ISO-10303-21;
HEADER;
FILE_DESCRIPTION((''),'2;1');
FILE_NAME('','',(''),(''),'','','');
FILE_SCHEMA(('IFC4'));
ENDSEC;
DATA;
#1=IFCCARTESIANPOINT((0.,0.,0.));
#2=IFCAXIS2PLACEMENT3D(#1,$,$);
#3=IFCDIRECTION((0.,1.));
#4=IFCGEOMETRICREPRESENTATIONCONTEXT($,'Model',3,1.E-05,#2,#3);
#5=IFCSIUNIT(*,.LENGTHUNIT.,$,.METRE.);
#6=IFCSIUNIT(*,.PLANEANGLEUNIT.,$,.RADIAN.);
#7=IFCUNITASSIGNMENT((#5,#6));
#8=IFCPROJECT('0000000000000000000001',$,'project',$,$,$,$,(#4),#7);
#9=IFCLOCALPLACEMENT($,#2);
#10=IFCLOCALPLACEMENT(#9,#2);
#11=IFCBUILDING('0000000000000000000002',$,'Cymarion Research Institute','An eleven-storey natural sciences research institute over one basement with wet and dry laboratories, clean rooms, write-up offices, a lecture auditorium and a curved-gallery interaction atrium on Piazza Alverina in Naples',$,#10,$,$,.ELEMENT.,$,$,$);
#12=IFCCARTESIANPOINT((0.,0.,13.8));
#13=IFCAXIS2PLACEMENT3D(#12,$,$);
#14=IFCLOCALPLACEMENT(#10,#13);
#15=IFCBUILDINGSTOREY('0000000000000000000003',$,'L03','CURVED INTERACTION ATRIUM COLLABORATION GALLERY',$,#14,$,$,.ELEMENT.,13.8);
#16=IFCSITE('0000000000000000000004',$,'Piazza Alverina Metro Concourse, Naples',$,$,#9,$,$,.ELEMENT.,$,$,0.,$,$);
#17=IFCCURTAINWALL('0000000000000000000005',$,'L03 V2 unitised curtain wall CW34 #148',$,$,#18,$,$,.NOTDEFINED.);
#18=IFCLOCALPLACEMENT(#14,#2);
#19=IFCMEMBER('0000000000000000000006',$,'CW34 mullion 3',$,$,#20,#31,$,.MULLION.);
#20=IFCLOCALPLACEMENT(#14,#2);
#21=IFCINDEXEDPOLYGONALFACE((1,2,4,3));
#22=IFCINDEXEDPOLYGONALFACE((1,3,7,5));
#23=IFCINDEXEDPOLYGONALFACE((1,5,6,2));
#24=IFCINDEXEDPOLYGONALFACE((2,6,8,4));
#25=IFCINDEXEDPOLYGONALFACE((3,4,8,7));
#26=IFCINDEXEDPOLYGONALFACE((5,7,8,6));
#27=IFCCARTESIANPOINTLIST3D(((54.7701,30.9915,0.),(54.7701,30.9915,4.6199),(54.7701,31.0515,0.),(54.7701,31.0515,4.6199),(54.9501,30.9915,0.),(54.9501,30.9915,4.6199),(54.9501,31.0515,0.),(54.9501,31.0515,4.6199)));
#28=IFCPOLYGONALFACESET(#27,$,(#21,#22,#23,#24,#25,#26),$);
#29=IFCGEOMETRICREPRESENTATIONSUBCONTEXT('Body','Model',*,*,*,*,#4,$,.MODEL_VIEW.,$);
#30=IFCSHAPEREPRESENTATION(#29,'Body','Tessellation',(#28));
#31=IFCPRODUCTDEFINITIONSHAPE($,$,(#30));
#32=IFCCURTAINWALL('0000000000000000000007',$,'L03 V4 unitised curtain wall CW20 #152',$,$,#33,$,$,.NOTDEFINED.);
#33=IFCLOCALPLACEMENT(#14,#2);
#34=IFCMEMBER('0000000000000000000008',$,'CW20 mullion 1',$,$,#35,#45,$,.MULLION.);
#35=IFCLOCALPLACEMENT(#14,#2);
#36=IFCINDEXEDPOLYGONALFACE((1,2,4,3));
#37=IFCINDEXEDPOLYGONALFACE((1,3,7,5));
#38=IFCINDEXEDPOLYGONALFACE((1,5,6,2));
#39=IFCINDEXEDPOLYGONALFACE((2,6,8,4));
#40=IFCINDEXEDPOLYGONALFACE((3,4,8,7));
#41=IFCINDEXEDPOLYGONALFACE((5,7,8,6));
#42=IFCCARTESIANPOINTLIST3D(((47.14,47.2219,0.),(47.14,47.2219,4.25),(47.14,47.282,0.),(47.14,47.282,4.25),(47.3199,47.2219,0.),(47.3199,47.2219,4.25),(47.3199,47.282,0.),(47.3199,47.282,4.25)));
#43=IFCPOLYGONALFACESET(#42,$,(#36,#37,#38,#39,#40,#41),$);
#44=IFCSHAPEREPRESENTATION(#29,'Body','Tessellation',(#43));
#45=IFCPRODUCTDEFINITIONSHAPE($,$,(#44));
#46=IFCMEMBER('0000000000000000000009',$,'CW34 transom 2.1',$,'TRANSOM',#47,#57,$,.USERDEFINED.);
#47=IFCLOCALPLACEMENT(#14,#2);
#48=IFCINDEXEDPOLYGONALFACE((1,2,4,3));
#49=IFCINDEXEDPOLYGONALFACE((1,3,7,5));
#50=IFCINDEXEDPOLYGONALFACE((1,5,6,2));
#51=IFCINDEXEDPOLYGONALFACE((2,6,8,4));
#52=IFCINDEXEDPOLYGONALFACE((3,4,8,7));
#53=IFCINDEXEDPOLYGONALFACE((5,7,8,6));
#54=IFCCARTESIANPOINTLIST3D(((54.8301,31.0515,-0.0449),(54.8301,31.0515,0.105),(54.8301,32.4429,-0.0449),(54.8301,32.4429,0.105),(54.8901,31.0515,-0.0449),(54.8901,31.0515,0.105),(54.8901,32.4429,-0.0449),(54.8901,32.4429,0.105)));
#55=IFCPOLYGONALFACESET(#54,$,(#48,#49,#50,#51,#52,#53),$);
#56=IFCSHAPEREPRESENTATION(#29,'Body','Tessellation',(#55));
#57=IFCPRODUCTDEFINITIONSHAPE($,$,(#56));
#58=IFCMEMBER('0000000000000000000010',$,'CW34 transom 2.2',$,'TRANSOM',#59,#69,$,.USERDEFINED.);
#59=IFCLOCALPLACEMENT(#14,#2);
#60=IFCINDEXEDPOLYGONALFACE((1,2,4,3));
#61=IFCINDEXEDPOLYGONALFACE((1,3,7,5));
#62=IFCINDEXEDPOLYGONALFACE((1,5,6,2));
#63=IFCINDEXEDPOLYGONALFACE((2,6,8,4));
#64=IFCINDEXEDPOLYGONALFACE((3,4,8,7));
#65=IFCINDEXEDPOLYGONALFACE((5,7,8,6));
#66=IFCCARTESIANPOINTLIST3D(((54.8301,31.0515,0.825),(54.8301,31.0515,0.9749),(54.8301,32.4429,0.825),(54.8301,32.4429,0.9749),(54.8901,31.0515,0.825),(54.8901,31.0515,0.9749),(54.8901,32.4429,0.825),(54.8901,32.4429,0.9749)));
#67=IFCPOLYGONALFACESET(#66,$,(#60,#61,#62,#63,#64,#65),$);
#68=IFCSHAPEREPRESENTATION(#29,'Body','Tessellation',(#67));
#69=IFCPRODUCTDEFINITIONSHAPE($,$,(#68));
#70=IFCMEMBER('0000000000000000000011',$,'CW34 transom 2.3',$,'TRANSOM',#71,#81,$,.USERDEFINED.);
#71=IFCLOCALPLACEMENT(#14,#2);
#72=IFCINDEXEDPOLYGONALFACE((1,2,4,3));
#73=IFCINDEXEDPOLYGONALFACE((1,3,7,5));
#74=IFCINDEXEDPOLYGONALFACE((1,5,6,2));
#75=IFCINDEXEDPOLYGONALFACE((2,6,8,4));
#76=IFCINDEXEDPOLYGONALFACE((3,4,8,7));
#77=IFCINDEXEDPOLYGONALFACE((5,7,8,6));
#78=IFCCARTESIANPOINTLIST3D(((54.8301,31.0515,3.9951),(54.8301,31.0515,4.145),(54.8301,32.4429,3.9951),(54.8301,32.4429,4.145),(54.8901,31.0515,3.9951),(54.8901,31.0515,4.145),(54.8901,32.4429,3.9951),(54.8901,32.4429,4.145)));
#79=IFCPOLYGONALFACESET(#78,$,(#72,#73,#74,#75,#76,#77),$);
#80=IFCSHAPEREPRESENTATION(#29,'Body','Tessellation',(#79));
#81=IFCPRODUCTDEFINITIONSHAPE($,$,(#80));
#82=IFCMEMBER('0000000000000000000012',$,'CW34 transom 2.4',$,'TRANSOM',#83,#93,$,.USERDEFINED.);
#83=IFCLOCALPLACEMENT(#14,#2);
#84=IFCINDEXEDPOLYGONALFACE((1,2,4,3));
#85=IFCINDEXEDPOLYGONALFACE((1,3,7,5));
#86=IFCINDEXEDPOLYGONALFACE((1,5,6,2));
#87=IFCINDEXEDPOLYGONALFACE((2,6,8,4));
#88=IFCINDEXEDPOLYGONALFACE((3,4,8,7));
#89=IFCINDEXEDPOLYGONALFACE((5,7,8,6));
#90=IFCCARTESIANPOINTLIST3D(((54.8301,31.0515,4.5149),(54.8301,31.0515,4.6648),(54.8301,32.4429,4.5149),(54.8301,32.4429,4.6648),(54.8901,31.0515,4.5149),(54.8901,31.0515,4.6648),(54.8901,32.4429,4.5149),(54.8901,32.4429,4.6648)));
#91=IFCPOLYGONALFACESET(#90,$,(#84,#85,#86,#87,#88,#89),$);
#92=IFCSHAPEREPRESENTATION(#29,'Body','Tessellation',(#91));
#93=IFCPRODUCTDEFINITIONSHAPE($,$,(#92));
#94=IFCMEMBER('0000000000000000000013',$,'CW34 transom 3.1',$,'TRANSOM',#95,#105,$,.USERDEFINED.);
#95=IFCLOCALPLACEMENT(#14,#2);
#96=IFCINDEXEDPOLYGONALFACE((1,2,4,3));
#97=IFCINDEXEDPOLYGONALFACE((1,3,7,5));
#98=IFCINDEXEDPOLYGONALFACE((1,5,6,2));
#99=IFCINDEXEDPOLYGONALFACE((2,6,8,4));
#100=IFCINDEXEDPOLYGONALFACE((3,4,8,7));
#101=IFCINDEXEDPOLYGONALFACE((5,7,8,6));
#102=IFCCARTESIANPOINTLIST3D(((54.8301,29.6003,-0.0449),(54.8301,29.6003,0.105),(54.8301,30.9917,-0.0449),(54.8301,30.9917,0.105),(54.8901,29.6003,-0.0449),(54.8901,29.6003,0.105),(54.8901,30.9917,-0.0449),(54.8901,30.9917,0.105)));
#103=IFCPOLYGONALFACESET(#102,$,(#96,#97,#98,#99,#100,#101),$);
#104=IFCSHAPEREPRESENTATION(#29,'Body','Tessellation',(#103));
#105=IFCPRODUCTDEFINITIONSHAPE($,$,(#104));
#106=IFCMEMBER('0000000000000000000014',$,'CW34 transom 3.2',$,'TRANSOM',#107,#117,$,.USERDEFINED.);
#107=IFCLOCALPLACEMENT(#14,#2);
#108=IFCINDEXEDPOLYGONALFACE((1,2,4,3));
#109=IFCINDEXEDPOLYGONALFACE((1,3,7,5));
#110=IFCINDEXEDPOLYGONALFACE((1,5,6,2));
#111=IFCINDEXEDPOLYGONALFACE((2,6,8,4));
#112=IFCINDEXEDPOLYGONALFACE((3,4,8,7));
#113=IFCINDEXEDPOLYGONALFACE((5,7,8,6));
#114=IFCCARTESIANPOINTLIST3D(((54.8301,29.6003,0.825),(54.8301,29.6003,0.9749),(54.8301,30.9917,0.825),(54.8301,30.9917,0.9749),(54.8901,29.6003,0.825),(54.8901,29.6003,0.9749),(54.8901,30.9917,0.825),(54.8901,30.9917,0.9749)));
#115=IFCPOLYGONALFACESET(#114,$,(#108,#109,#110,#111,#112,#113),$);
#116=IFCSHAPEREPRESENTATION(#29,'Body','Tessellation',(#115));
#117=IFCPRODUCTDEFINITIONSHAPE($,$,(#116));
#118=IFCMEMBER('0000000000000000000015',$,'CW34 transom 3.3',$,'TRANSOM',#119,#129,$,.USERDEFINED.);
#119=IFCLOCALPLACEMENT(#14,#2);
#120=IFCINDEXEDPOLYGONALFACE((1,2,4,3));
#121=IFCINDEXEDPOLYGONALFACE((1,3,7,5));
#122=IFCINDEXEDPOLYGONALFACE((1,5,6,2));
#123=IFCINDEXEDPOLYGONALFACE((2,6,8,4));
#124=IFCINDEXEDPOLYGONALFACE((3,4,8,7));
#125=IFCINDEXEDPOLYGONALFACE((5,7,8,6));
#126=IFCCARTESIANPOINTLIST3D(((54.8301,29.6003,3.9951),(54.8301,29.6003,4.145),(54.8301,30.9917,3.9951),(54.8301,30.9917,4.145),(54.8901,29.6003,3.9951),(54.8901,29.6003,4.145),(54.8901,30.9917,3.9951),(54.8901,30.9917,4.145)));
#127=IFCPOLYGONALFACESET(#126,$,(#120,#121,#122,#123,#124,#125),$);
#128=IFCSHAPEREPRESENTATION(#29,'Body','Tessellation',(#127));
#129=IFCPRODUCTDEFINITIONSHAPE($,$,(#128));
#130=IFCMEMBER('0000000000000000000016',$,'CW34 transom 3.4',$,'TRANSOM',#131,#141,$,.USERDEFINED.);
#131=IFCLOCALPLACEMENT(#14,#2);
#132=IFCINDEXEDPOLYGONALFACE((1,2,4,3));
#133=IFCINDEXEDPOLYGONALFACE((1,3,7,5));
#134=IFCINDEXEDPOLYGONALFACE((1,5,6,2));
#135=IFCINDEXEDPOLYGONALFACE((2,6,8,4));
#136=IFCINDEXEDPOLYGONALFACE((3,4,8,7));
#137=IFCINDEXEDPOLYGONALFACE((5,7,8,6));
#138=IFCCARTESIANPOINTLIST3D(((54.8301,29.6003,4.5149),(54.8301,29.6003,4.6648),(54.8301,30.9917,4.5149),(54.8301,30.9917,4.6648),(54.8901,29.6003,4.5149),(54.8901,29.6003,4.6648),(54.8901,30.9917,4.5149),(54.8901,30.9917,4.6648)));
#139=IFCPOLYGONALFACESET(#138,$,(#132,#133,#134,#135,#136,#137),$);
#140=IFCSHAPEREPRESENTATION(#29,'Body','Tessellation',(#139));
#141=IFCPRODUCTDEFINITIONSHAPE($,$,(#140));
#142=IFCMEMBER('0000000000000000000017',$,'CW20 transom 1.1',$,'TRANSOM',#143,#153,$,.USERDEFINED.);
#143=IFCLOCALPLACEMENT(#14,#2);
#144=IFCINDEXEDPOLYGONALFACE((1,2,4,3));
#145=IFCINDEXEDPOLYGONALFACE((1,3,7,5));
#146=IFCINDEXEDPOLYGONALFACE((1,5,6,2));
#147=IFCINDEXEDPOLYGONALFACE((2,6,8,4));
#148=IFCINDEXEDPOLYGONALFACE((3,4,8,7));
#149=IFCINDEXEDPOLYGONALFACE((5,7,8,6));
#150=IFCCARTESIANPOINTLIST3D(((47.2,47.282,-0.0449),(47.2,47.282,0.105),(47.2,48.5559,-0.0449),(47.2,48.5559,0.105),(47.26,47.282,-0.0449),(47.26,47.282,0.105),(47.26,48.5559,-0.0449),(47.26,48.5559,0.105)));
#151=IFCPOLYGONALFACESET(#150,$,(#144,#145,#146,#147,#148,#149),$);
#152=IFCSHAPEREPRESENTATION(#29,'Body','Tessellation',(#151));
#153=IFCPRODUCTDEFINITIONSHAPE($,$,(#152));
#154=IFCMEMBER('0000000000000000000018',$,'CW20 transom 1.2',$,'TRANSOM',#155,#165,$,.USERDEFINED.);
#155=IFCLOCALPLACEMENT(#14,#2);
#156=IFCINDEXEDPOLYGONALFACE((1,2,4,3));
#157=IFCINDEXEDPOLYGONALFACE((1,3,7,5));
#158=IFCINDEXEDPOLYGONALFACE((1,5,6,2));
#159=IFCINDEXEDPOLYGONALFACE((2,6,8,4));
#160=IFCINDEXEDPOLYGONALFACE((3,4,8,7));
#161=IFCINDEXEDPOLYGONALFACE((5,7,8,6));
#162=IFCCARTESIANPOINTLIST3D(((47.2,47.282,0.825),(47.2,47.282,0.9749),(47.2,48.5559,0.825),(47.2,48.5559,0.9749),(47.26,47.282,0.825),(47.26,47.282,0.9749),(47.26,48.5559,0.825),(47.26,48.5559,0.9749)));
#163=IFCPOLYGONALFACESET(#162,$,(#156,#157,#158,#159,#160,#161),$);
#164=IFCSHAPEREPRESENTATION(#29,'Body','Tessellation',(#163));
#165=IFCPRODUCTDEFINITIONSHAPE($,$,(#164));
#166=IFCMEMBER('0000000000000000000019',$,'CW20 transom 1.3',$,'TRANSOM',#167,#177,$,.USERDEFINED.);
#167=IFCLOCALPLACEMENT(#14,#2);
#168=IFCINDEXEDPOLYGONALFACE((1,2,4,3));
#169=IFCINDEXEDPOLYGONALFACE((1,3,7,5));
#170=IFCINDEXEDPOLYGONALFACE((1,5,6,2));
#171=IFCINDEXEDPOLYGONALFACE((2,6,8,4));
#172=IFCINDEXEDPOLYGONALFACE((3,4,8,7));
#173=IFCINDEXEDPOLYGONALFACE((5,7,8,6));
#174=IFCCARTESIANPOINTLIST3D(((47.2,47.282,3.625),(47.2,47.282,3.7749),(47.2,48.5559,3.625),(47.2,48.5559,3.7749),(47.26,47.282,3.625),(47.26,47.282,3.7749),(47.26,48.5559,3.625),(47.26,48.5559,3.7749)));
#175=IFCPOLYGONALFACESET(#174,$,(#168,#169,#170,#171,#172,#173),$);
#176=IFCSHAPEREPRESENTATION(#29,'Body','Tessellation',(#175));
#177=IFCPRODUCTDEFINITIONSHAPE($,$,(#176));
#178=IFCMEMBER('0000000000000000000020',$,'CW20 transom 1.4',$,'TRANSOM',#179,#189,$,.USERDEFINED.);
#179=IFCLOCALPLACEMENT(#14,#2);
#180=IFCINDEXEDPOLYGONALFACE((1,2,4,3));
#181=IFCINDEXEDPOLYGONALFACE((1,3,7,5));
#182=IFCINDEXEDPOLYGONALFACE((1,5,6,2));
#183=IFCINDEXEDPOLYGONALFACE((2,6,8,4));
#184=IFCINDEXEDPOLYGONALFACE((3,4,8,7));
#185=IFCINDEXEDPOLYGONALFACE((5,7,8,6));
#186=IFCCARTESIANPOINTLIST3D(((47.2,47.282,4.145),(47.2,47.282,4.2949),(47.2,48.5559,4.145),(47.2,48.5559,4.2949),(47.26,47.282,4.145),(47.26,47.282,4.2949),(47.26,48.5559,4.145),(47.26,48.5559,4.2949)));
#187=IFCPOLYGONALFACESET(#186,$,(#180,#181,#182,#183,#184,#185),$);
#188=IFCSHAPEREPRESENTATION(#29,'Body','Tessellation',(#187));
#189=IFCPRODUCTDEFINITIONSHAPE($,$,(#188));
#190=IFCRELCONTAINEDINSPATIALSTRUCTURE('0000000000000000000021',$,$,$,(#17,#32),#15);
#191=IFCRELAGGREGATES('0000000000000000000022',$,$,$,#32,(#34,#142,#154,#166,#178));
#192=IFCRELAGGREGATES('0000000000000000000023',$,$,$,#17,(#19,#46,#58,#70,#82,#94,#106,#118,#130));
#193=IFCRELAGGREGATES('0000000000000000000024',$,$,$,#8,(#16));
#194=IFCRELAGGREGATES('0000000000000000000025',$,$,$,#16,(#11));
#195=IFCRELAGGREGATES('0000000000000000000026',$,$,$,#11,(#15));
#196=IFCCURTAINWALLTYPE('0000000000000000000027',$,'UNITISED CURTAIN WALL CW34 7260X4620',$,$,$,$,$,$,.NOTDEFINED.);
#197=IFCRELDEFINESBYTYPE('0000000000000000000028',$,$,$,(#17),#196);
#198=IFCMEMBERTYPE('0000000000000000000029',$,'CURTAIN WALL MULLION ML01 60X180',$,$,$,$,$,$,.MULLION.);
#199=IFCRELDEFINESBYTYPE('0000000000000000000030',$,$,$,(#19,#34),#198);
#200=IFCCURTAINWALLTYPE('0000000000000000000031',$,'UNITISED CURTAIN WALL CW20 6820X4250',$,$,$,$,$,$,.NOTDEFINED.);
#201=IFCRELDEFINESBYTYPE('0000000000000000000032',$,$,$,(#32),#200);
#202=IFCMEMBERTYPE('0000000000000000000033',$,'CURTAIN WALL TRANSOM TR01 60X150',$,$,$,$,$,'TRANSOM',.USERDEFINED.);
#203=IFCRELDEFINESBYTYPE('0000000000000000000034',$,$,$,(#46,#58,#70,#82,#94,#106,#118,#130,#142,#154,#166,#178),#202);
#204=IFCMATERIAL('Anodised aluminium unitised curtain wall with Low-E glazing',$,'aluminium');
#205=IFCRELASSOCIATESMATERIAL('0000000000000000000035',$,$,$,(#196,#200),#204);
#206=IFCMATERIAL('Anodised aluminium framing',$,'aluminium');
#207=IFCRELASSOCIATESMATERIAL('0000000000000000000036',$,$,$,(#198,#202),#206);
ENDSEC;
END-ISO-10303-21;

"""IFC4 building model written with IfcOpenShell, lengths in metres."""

from ifc_helpers import new_model, si_unit, direction, frame, origin, origin_2d, place, context, subcontext, project, spatial, rectangle, extrude, material, material_profile, profile_set, type_object, element, aggregate, save


model = new_model("IFC4")

# Units and contexts
model_context = context("Model", 3, precision=1e-05, world=origin(), true_north=direction((0.0, 1.0)))
body_context = subcontext(model_context, "Body", "Model", "MODEL_VIEW")
ifc_project = project(units=[si_unit("LENGTHUNIT", "METRE"), si_unit("PLANEANGLEUNIT", "RADIAN")], contexts=[model_context])

# Site, building, storey
site_placement = place(None, origin())
site = spatial("IfcSite", under=ifc_project, at=site_placement, Name="Piazza Alverina Metro Concourse, Naples", CompositionType="ELEMENT", RefElevation=0.0)
building_placement = place(site_placement, origin())
building = spatial("IfcBuilding", under=site, at=building_placement, Name="Cymarion Research Institute", Description="An eleven-storey natural sciences research institute over one basement with wet and dry laboratories, clean rooms, write-up offices, a lecture auditorium and a curved-gallery interaction atrium on Piazza Alverina in Naples", CompositionType="ELEMENT")
storey_placement = place(building_placement, frame((0.0, 0.0, 13.8)))
storey = spatial("IfcBuildingStorey", under=building, at=storey_placement, Name="L03", Description="CURVED INTERACTION ATRIUM COLLABORATION GALLERY", CompositionType="ELEMENT", Elevation=13.8)

# Curtain walls, members
ifc_material_1 = material(Name="Anodised aluminium unitised curtain wall with Low-E glazing", Category="aluminium")
curtain_wall_type_1 = type_object("IfcCurtainWallType", Name="UNITISED CURTAIN WALL CW34 7260X4620", PredefinedType="NOTDEFINED", material=ifc_material_1)
curtain_wall_1_placement = place(storey_placement, origin())
curtain_wall_1 = element("IfcCurtainWall", 1, at=curtain_wall_1_placement, inside=storey, type_object=curtain_wall_type_1, Name="L03 V2 unitised curtain wall CW34 #148", PredefinedType="NOTDEFINED")
ifc_material_2 = material(Name="Anodised aluminium framing", Category="aluminium")
ifc_material_profile_1 = material_profile(ifc_material_2, rectangle(XDim=0.0601, YDim=0.1799, at=origin_2d()), Name="ALU MULLION 60x180")
ifc_profile_set_1 = profile_set([ifc_material_profile_1], Name="Anodised aluminium framing")
member_type_1 = type_object("IfcMemberType", Name="CURTAIN WALL MULLION ML01 60X180", PredefinedType="MULLION", material=ifc_profile_set_1)
member_1_placement = place(storey_placement, frame((54.8601, 31.0215, 0.0), z_axis=(0.0, 0.0, 1.0), x_axis=(0.0, -1.0, 0.0)))
member_1 = element("IfcMember", 2, at=member_1_placement, type_object=member_type_1, Name="CW34 mullion 3", PredefinedType="MULLION", context=body_context, shape_type="SweptSolid", body=[
    extrude(rectangle(XDim=0.0601, YDim=0.1799, at=origin_2d()), origin(), (0.0, 0.0, 1.0), 4.6199),
])
curtain_wall_type_2 = type_object("IfcCurtainWallType", Name="UNITISED CURTAIN WALL CW20 6820X4250", PredefinedType="NOTDEFINED", material=ifc_material_1)
curtain_wall_2_placement = place(storey_placement, origin())
curtain_wall_2 = element("IfcCurtainWall", 3, at=curtain_wall_2_placement, inside=storey, type_object=curtain_wall_type_2, Name="L03 V4 unitised curtain wall CW20 #152", PredefinedType="NOTDEFINED")
member_2_placement = place(storey_placement, frame((47.23, 47.252, 0.0), z_axis=(0.0, 0.0, 1.0), x_axis=(0.0, 1.0, 0.0)))
member_2 = element("IfcMember", 4, at=member_2_placement, type_object=member_type_1, Name="CW20 mullion 1", PredefinedType="MULLION", context=body_context, shape_type="SweptSolid", body=[
    extrude(rectangle(XDim=0.0601, YDim=0.1799, at=origin_2d()), origin(), (0.0, 0.0, 1.0), 4.25),
])

# Members
ifc_material_profile_2 = material_profile(ifc_material_2, rectangle(XDim=0.0601, YDim=0.1499, at=origin_2d()), Name="ALU TRANSOM 60x150")
ifc_profile_set_2 = profile_set([ifc_material_profile_2], Name="Anodised aluminium framing")
member_type_2 = type_object("IfcMemberType", Name="CURTAIN WALL TRANSOM TR01 60X150", ElementType="TRANSOM", PredefinedType="USERDEFINED", material=ifc_profile_set_2)
member_3_placement = place(storey_placement, frame((54.8601, 32.4429, 0.03), z_axis=(0.0, -1.0, 0.0), x_axis=(1.0, 0.0, 0.0)))
member_3 = element("IfcMember", 5, at=member_3_placement, type_object=member_type_2, Name="CW34 transom 2.1", ObjectType="TRANSOM", PredefinedType="USERDEFINED", context=body_context, shape_type="SweptSolid", body=[
    extrude(rectangle(XDim=0.0601, YDim=0.1499, at=origin_2d()), origin(), (0.0, 0.0, 1.0), 1.3914),
])
member_4_placement = place(storey_placement, frame((54.8601, 32.4429, 0.8999), z_axis=(0.0, -1.0, 0.0), x_axis=(1.0, 0.0, 0.0)))
member_4 = element("IfcMember", 6, at=member_4_placement, type_object=member_type_2, Name="CW34 transom 2.2", ObjectType="TRANSOM", PredefinedType="USERDEFINED", context=body_context, shape_type="SweptSolid", body=[
    extrude(rectangle(XDim=0.0601, YDim=0.1499, at=origin_2d()), origin(), (0.0, 0.0, 1.0), 1.3914),
])
member_5_placement = place(storey_placement, frame((54.8601, 32.4429, 4.0701), z_axis=(0.0, -1.0, 0.0), x_axis=(1.0, 0.0, 0.0)))
member_5 = element("IfcMember", 7, at=member_5_placement, type_object=member_type_2, Name="CW34 transom 2.3", ObjectType="TRANSOM", PredefinedType="USERDEFINED", context=body_context, shape_type="SweptSolid", body=[
    extrude(rectangle(XDim=0.0601, YDim=0.1499, at=origin_2d()), origin(), (0.0, 0.0, 1.0), 1.3914),
])
member_6_placement = place(storey_placement, frame((54.8601, 32.4429, 4.5898), z_axis=(0.0, -1.0, 0.0), x_axis=(1.0, 0.0, 0.0)))
member_6 = element("IfcMember", 8, at=member_6_placement, type_object=member_type_2, Name="CW34 transom 2.4", ObjectType="TRANSOM", PredefinedType="USERDEFINED", context=body_context, shape_type="SweptSolid", body=[
    extrude(rectangle(XDim=0.0601, YDim=0.1499, at=origin_2d()), origin(), (0.0, 0.0, 1.0), 1.3914),
])
member_7_placement = place(storey_placement, frame((54.8601, 30.9917, 0.03), z_axis=(0.0, -1.0, 0.0), x_axis=(1.0, 0.0, 0.0)))
member_7 = element("IfcMember", 9, at=member_7_placement, type_object=member_type_2, Name="CW34 transom 3.1", ObjectType="TRANSOM", PredefinedType="USERDEFINED", context=body_context, shape_type="SweptSolid", body=[
    extrude(rectangle(XDim=0.0601, YDim=0.1499, at=origin_2d()), origin(), (0.0, 0.0, 1.0), 1.3914),
])
member_8_placement = place(storey_placement, frame((54.8601, 30.9917, 0.8999), z_axis=(0.0, -1.0, 0.0), x_axis=(1.0, 0.0, 0.0)))
member_8 = element("IfcMember", 10, at=member_8_placement, type_object=member_type_2, Name="CW34 transom 3.2", ObjectType="TRANSOM", PredefinedType="USERDEFINED", context=body_context, shape_type="SweptSolid", body=[
    extrude(rectangle(XDim=0.0601, YDim=0.1499, at=origin_2d()), origin(), (0.0, 0.0, 1.0), 1.3914),
])
member_9_placement = place(storey_placement, frame((54.8601, 30.9917, 4.0701), z_axis=(0.0, -1.0, 0.0), x_axis=(1.0, 0.0, 0.0)))
member_9 = element("IfcMember", 11, at=member_9_placement, type_object=member_type_2, Name="CW34 transom 3.3", ObjectType="TRANSOM", PredefinedType="USERDEFINED", context=body_context, shape_type="SweptSolid", body=[
    extrude(rectangle(XDim=0.0601, YDim=0.1499, at=origin_2d()), origin(), (0.0, 0.0, 1.0), 1.3914),
])
member_10_placement = place(storey_placement, frame((54.8601, 30.9917, 4.5898), z_axis=(0.0, -1.0, 0.0), x_axis=(1.0, 0.0, 0.0)))
member_10 = element("IfcMember", 12, at=member_10_placement, type_object=member_type_2, Name="CW34 transom 3.4", ObjectType="TRANSOM", PredefinedType="USERDEFINED", context=body_context, shape_type="SweptSolid", body=[
    extrude(rectangle(XDim=0.0601, YDim=0.1499, at=origin_2d()), origin(), (0.0, 0.0, 1.0), 1.3914),
])
member_11_placement = place(storey_placement, frame((47.23, 47.282, 0.03), z_axis=(0.0, 1.0, 0.0), x_axis=(-1.0, 0.0, 0.0)))
member_11 = element("IfcMember", 13, at=member_11_placement, type_object=member_type_2, Name="CW20 transom 1.1", ObjectType="TRANSOM", PredefinedType="USERDEFINED", context=body_context, shape_type="SweptSolid", body=[
    extrude(rectangle(XDim=0.0601, YDim=0.1499, at=origin_2d()), origin(), (0.0, 0.0, 1.0), 1.2739),
])
member_12_placement = place(storey_placement, frame((47.23, 47.282, 0.8999), z_axis=(0.0, 1.0, 0.0), x_axis=(-1.0, 0.0, 0.0)))
member_12 = element("IfcMember", 14, at=member_12_placement, type_object=member_type_2, Name="CW20 transom 1.2", ObjectType="TRANSOM", PredefinedType="USERDEFINED", context=body_context, shape_type="SweptSolid", body=[
    extrude(rectangle(XDim=0.0601, YDim=0.1499, at=origin_2d()), origin(), (0.0, 0.0, 1.0), 1.2739),
])
member_13_placement = place(storey_placement, frame((47.23, 47.282, 3.7), z_axis=(0.0, 1.0, 0.0), x_axis=(-1.0, 0.0, 0.0)))
member_13 = element("IfcMember", 15, at=member_13_placement, type_object=member_type_2, Name="CW20 transom 1.3", ObjectType="TRANSOM", PredefinedType="USERDEFINED", context=body_context, shape_type="SweptSolid", body=[
    extrude(rectangle(XDim=0.0601, YDim=0.1499, at=origin_2d()), origin(), (0.0, 0.0, 1.0), 1.2739),
])
member_14_placement = place(storey_placement, frame((47.23, 47.282, 4.22), z_axis=(0.0, 1.0, 0.0), x_axis=(-1.0, 0.0, 0.0)))
member_14 = element("IfcMember", 16, at=member_14_placement, type_object=member_type_2, Name="CW20 transom 1.4", ObjectType="TRANSOM", PredefinedType="USERDEFINED", context=body_context, shape_type="SweptSolid", body=[
    extrude(rectangle(XDim=0.0601, YDim=0.1499, at=origin_2d()), origin(), (0.0, 0.0, 1.0), 1.2739),
])
aggregate(curtain_wall_2, [member_2, member_11, member_12, member_13, member_14])

aggregate(curtain_wall_1, [member_1, member_3, member_4, member_5, member_6, member_7, member_8, member_9, member_10])

save(model, "model.ifc")
